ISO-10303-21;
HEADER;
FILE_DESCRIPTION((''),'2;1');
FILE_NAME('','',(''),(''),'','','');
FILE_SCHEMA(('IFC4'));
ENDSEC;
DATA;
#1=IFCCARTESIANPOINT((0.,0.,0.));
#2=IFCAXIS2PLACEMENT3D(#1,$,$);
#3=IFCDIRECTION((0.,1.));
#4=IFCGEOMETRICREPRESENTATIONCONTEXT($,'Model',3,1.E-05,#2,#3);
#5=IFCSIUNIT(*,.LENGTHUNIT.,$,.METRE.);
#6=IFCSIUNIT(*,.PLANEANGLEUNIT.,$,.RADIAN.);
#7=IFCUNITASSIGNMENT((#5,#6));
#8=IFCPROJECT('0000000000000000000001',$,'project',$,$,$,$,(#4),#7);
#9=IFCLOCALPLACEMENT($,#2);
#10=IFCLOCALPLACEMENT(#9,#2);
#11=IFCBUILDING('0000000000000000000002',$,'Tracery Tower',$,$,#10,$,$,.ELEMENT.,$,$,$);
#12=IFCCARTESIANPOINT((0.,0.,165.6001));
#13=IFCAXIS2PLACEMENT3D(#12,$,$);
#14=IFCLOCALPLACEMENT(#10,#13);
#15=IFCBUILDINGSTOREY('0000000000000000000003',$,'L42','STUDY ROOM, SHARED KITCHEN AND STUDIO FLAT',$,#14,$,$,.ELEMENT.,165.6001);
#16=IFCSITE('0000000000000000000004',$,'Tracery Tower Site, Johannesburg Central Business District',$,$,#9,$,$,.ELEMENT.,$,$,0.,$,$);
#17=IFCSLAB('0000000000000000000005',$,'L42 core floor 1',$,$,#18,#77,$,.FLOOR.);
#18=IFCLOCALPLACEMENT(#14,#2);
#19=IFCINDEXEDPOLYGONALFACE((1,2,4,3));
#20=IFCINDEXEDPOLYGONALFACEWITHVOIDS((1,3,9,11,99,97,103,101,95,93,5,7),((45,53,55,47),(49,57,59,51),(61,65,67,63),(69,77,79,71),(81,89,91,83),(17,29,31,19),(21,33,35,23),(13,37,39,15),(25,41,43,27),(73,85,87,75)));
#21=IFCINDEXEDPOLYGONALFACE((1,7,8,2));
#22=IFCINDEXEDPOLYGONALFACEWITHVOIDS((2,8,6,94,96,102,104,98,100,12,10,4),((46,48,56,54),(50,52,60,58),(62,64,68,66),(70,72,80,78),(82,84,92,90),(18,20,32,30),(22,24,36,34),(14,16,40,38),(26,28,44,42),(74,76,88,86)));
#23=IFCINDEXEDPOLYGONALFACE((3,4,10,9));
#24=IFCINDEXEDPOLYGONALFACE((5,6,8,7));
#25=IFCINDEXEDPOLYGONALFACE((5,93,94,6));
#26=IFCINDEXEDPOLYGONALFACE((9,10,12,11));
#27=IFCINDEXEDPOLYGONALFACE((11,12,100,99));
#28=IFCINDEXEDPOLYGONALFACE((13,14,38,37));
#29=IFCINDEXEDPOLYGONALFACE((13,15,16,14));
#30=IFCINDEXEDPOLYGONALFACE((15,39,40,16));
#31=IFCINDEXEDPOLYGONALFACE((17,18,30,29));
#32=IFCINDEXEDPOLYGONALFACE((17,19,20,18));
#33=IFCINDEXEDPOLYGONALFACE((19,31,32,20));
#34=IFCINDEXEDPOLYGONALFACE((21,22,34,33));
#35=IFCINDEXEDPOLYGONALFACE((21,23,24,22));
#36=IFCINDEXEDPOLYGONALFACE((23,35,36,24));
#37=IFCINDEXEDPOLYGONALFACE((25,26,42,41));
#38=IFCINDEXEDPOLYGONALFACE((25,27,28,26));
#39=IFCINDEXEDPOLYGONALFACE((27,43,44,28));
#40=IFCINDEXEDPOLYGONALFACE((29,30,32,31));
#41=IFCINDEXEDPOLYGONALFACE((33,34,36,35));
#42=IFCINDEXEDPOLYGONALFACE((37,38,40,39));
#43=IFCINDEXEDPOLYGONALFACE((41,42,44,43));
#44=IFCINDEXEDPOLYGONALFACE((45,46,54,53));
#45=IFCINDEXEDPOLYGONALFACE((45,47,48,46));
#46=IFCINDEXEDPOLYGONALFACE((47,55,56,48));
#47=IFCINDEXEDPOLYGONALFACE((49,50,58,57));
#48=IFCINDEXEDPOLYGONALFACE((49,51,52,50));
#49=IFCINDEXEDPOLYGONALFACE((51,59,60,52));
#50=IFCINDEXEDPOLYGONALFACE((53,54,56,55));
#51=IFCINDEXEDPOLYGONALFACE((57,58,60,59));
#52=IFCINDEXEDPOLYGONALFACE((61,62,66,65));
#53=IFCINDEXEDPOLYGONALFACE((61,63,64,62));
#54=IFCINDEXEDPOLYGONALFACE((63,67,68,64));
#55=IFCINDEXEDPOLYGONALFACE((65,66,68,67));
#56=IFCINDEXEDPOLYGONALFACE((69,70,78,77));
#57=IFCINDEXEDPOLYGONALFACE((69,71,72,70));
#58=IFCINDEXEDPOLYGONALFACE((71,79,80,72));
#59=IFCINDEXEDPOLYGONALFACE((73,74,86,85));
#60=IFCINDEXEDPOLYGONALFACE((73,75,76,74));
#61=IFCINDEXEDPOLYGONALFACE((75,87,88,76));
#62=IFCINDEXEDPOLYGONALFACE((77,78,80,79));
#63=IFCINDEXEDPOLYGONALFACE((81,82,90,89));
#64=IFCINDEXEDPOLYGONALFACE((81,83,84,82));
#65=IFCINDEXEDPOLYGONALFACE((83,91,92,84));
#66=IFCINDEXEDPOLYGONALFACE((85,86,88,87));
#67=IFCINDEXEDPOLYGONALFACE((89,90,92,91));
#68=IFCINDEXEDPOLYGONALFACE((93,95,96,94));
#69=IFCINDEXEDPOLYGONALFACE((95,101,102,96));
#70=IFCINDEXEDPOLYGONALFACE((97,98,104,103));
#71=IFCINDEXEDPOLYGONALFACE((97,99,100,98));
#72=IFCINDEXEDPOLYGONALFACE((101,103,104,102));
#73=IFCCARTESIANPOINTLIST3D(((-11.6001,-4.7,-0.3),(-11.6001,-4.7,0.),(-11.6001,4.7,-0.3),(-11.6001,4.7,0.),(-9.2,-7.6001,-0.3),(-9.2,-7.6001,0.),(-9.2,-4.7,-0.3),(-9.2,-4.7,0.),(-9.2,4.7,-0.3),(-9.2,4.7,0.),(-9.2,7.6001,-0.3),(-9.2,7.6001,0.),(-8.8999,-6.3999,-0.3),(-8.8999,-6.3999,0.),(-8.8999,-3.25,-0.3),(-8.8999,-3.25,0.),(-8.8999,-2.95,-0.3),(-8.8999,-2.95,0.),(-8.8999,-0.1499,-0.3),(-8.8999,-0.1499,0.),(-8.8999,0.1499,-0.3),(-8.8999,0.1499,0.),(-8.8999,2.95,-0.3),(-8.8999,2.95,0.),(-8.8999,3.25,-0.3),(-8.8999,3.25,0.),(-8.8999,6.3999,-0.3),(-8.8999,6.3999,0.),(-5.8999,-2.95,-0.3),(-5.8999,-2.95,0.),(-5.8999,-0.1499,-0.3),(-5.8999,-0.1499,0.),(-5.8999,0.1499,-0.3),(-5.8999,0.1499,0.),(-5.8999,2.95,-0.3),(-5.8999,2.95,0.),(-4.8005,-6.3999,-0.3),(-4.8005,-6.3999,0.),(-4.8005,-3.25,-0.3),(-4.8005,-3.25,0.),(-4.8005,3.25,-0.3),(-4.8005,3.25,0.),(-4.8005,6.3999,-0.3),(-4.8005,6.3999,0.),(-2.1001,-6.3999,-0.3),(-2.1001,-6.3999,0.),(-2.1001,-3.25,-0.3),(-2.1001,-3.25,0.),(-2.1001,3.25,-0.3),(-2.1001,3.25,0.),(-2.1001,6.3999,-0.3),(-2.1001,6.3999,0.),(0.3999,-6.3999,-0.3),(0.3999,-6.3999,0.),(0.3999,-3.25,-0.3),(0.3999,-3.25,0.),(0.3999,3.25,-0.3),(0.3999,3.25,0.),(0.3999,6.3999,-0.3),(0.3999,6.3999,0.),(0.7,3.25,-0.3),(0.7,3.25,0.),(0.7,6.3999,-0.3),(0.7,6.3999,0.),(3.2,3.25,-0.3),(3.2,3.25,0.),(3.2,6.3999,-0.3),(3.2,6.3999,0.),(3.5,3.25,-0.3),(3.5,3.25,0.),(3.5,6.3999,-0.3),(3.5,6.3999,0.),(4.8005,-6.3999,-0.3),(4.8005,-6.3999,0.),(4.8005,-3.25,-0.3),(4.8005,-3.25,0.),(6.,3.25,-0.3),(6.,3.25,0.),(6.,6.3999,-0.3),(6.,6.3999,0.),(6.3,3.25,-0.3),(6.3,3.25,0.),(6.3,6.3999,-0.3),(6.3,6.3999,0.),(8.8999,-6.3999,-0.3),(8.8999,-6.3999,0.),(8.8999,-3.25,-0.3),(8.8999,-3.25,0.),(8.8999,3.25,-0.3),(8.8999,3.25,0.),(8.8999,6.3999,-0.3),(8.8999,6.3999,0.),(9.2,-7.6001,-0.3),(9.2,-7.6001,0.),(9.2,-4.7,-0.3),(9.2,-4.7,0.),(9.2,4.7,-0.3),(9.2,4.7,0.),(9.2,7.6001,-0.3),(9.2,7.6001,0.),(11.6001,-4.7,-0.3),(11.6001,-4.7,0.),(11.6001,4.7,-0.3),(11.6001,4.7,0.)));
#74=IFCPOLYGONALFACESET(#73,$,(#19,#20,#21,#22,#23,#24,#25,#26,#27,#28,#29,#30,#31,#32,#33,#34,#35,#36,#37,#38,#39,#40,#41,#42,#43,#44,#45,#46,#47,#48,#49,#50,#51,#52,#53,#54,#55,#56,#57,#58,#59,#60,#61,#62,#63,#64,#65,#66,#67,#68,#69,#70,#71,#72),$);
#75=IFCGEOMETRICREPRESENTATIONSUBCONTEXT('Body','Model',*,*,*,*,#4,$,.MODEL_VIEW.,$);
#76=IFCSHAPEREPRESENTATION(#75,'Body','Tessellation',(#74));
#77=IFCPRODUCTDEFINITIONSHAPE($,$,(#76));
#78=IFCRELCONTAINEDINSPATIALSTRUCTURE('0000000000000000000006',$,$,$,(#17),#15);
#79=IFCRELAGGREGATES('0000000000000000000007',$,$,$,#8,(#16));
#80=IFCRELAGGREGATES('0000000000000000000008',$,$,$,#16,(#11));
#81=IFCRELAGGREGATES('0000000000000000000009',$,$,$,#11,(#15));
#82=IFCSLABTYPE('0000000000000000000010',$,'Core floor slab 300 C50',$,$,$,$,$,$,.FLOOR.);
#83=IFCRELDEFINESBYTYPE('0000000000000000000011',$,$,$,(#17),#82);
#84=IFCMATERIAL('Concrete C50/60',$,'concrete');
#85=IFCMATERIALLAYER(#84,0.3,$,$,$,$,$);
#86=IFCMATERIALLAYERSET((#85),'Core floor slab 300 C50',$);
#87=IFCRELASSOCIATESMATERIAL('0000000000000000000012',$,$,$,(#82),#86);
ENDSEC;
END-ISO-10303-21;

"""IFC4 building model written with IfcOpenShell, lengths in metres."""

from ifc_helpers import new_model, si_unit, direction, frame, origin, place, context, subcontext, project, spatial, polyline, outline, extrude, material, layer, layer_set, type_object, element, save


model = new_model("IFC4")

# Units and contexts
model_context = context("Model", 3, precision=1e-05, world=origin(), true_north=direction((0.0, 1.0)))
body_context = subcontext(model_context, "Body", "Model", "MODEL_VIEW")
ifc_project = project(units=[si_unit("LENGTHUNIT", "METRE"), si_unit("PLANEANGLEUNIT", "RADIAN")], contexts=[model_context])

# Site, building, storey
site_placement = place(None, origin())
site = spatial("IfcSite", under=ifc_project, at=site_placement, Name="Tracery Tower Site, Johannesburg Central Business District", CompositionType="ELEMENT", RefElevation=0.0)
building_placement = place(site_placement, origin())
building = spatial("IfcBuilding", under=site, at=building_placement, Name="Tracery Tower", CompositionType="ELEMENT")
storey_placement = place(building_placement, frame((0.0, 0.0, 165.6001)))
storey = spatial("IfcBuildingStorey", under=building, at=storey_placement, Name="L42", Description="STUDY ROOM, SHARED KITCHEN AND STUDIO FLAT", CompositionType="ELEMENT", Elevation=165.6001)

# Slab
ifc_material_1 = material(Name="Concrete C50/60", Category="concrete")
ifc_layer_1 = layer(ifc_material_1, 0.3)
ifc_layer_set_1 = layer_set([ifc_layer_1], Name="Core floor slab 300 C50")
slab_type_1 = type_object("IfcSlabType", Name="Core floor slab 300 C50", PredefinedType="FLOOR", material=ifc_layer_set_1)
slab_1_placement = place(storey_placement, frame((0.0, 0.0, -0.3)))
element("IfcSlab", 1, at=slab_1_placement, inside=storey, type_object=slab_type_1, Name="L42 core floor 1", PredefinedType="FLOOR", context=body_context, shape_type="SweptSolid", body=[
    extrude(outline(polyline([(-9.2, 7.6001), (9.2, 7.6001), (9.2, 4.7), (11.6001, 4.7), (11.6001, -4.7), (9.2, -4.7), (9.2, -7.6001), (-9.2, -7.6001), (-9.2, -4.7), (-11.6001, -4.7), (-11.6001, 4.7), (-9.2, 4.7), (-9.2, 7.6001)]), holes=[polyline([(4.8005, -6.3999), (8.8999, -6.3999), (8.8999, -3.25), (4.8005, -3.25), (4.8005, -6.3999)]), polyline([(8.8999, 3.25), (8.8999, 6.3999), (6.3, 6.3999), (6.3, 3.25), (8.8999, 3.25)]), polyline([(6.0, 3.25), (6.0, 6.3999), (3.5, 6.3999), (3.5, 3.25), (6.0, 3.25)]), polyline([(3.2, 3.25), (3.2, 6.3999), (0.7, 6.3999), (0.7, 3.25), (3.2, 3.25)]), polyline([(-2.1001, 3.25), (0.3999, 3.25), (0.3999, 6.3999), (-2.1001, 6.3999), (-2.1001, 3.25)]), polyline([(0.3999, -6.3999), (0.3999, -3.25), (-2.1001, -3.25), (-2.1001, -6.3999), (0.3999, -6.3999)]), polyline([(-4.8005, -3.25), (-8.8999, -3.25), (-8.8999, -6.3999), (-4.8005, -6.3999), (-4.8005, -3.25)]), polyline([(-4.8005, 6.3999), (-8.8999, 6.3999), (-8.8999, 3.25), (-4.8005, 3.25), (-4.8005, 6.3999)]), polyline([(-5.8999, -2.95), (-5.8999, -0.1499), (-8.8999, -0.1499), (-8.8999, -2.95), (-5.8999, -2.95)]), polyline([(-5.8999, 0.1499), (-5.8999, 2.95), (-8.8999, 2.95), (-8.8999, 0.1499), (-5.8999, 0.1499)])]), origin(), (0.0, 0.0, 1.0), 0.3),
])

save(model, "model.ifc")
